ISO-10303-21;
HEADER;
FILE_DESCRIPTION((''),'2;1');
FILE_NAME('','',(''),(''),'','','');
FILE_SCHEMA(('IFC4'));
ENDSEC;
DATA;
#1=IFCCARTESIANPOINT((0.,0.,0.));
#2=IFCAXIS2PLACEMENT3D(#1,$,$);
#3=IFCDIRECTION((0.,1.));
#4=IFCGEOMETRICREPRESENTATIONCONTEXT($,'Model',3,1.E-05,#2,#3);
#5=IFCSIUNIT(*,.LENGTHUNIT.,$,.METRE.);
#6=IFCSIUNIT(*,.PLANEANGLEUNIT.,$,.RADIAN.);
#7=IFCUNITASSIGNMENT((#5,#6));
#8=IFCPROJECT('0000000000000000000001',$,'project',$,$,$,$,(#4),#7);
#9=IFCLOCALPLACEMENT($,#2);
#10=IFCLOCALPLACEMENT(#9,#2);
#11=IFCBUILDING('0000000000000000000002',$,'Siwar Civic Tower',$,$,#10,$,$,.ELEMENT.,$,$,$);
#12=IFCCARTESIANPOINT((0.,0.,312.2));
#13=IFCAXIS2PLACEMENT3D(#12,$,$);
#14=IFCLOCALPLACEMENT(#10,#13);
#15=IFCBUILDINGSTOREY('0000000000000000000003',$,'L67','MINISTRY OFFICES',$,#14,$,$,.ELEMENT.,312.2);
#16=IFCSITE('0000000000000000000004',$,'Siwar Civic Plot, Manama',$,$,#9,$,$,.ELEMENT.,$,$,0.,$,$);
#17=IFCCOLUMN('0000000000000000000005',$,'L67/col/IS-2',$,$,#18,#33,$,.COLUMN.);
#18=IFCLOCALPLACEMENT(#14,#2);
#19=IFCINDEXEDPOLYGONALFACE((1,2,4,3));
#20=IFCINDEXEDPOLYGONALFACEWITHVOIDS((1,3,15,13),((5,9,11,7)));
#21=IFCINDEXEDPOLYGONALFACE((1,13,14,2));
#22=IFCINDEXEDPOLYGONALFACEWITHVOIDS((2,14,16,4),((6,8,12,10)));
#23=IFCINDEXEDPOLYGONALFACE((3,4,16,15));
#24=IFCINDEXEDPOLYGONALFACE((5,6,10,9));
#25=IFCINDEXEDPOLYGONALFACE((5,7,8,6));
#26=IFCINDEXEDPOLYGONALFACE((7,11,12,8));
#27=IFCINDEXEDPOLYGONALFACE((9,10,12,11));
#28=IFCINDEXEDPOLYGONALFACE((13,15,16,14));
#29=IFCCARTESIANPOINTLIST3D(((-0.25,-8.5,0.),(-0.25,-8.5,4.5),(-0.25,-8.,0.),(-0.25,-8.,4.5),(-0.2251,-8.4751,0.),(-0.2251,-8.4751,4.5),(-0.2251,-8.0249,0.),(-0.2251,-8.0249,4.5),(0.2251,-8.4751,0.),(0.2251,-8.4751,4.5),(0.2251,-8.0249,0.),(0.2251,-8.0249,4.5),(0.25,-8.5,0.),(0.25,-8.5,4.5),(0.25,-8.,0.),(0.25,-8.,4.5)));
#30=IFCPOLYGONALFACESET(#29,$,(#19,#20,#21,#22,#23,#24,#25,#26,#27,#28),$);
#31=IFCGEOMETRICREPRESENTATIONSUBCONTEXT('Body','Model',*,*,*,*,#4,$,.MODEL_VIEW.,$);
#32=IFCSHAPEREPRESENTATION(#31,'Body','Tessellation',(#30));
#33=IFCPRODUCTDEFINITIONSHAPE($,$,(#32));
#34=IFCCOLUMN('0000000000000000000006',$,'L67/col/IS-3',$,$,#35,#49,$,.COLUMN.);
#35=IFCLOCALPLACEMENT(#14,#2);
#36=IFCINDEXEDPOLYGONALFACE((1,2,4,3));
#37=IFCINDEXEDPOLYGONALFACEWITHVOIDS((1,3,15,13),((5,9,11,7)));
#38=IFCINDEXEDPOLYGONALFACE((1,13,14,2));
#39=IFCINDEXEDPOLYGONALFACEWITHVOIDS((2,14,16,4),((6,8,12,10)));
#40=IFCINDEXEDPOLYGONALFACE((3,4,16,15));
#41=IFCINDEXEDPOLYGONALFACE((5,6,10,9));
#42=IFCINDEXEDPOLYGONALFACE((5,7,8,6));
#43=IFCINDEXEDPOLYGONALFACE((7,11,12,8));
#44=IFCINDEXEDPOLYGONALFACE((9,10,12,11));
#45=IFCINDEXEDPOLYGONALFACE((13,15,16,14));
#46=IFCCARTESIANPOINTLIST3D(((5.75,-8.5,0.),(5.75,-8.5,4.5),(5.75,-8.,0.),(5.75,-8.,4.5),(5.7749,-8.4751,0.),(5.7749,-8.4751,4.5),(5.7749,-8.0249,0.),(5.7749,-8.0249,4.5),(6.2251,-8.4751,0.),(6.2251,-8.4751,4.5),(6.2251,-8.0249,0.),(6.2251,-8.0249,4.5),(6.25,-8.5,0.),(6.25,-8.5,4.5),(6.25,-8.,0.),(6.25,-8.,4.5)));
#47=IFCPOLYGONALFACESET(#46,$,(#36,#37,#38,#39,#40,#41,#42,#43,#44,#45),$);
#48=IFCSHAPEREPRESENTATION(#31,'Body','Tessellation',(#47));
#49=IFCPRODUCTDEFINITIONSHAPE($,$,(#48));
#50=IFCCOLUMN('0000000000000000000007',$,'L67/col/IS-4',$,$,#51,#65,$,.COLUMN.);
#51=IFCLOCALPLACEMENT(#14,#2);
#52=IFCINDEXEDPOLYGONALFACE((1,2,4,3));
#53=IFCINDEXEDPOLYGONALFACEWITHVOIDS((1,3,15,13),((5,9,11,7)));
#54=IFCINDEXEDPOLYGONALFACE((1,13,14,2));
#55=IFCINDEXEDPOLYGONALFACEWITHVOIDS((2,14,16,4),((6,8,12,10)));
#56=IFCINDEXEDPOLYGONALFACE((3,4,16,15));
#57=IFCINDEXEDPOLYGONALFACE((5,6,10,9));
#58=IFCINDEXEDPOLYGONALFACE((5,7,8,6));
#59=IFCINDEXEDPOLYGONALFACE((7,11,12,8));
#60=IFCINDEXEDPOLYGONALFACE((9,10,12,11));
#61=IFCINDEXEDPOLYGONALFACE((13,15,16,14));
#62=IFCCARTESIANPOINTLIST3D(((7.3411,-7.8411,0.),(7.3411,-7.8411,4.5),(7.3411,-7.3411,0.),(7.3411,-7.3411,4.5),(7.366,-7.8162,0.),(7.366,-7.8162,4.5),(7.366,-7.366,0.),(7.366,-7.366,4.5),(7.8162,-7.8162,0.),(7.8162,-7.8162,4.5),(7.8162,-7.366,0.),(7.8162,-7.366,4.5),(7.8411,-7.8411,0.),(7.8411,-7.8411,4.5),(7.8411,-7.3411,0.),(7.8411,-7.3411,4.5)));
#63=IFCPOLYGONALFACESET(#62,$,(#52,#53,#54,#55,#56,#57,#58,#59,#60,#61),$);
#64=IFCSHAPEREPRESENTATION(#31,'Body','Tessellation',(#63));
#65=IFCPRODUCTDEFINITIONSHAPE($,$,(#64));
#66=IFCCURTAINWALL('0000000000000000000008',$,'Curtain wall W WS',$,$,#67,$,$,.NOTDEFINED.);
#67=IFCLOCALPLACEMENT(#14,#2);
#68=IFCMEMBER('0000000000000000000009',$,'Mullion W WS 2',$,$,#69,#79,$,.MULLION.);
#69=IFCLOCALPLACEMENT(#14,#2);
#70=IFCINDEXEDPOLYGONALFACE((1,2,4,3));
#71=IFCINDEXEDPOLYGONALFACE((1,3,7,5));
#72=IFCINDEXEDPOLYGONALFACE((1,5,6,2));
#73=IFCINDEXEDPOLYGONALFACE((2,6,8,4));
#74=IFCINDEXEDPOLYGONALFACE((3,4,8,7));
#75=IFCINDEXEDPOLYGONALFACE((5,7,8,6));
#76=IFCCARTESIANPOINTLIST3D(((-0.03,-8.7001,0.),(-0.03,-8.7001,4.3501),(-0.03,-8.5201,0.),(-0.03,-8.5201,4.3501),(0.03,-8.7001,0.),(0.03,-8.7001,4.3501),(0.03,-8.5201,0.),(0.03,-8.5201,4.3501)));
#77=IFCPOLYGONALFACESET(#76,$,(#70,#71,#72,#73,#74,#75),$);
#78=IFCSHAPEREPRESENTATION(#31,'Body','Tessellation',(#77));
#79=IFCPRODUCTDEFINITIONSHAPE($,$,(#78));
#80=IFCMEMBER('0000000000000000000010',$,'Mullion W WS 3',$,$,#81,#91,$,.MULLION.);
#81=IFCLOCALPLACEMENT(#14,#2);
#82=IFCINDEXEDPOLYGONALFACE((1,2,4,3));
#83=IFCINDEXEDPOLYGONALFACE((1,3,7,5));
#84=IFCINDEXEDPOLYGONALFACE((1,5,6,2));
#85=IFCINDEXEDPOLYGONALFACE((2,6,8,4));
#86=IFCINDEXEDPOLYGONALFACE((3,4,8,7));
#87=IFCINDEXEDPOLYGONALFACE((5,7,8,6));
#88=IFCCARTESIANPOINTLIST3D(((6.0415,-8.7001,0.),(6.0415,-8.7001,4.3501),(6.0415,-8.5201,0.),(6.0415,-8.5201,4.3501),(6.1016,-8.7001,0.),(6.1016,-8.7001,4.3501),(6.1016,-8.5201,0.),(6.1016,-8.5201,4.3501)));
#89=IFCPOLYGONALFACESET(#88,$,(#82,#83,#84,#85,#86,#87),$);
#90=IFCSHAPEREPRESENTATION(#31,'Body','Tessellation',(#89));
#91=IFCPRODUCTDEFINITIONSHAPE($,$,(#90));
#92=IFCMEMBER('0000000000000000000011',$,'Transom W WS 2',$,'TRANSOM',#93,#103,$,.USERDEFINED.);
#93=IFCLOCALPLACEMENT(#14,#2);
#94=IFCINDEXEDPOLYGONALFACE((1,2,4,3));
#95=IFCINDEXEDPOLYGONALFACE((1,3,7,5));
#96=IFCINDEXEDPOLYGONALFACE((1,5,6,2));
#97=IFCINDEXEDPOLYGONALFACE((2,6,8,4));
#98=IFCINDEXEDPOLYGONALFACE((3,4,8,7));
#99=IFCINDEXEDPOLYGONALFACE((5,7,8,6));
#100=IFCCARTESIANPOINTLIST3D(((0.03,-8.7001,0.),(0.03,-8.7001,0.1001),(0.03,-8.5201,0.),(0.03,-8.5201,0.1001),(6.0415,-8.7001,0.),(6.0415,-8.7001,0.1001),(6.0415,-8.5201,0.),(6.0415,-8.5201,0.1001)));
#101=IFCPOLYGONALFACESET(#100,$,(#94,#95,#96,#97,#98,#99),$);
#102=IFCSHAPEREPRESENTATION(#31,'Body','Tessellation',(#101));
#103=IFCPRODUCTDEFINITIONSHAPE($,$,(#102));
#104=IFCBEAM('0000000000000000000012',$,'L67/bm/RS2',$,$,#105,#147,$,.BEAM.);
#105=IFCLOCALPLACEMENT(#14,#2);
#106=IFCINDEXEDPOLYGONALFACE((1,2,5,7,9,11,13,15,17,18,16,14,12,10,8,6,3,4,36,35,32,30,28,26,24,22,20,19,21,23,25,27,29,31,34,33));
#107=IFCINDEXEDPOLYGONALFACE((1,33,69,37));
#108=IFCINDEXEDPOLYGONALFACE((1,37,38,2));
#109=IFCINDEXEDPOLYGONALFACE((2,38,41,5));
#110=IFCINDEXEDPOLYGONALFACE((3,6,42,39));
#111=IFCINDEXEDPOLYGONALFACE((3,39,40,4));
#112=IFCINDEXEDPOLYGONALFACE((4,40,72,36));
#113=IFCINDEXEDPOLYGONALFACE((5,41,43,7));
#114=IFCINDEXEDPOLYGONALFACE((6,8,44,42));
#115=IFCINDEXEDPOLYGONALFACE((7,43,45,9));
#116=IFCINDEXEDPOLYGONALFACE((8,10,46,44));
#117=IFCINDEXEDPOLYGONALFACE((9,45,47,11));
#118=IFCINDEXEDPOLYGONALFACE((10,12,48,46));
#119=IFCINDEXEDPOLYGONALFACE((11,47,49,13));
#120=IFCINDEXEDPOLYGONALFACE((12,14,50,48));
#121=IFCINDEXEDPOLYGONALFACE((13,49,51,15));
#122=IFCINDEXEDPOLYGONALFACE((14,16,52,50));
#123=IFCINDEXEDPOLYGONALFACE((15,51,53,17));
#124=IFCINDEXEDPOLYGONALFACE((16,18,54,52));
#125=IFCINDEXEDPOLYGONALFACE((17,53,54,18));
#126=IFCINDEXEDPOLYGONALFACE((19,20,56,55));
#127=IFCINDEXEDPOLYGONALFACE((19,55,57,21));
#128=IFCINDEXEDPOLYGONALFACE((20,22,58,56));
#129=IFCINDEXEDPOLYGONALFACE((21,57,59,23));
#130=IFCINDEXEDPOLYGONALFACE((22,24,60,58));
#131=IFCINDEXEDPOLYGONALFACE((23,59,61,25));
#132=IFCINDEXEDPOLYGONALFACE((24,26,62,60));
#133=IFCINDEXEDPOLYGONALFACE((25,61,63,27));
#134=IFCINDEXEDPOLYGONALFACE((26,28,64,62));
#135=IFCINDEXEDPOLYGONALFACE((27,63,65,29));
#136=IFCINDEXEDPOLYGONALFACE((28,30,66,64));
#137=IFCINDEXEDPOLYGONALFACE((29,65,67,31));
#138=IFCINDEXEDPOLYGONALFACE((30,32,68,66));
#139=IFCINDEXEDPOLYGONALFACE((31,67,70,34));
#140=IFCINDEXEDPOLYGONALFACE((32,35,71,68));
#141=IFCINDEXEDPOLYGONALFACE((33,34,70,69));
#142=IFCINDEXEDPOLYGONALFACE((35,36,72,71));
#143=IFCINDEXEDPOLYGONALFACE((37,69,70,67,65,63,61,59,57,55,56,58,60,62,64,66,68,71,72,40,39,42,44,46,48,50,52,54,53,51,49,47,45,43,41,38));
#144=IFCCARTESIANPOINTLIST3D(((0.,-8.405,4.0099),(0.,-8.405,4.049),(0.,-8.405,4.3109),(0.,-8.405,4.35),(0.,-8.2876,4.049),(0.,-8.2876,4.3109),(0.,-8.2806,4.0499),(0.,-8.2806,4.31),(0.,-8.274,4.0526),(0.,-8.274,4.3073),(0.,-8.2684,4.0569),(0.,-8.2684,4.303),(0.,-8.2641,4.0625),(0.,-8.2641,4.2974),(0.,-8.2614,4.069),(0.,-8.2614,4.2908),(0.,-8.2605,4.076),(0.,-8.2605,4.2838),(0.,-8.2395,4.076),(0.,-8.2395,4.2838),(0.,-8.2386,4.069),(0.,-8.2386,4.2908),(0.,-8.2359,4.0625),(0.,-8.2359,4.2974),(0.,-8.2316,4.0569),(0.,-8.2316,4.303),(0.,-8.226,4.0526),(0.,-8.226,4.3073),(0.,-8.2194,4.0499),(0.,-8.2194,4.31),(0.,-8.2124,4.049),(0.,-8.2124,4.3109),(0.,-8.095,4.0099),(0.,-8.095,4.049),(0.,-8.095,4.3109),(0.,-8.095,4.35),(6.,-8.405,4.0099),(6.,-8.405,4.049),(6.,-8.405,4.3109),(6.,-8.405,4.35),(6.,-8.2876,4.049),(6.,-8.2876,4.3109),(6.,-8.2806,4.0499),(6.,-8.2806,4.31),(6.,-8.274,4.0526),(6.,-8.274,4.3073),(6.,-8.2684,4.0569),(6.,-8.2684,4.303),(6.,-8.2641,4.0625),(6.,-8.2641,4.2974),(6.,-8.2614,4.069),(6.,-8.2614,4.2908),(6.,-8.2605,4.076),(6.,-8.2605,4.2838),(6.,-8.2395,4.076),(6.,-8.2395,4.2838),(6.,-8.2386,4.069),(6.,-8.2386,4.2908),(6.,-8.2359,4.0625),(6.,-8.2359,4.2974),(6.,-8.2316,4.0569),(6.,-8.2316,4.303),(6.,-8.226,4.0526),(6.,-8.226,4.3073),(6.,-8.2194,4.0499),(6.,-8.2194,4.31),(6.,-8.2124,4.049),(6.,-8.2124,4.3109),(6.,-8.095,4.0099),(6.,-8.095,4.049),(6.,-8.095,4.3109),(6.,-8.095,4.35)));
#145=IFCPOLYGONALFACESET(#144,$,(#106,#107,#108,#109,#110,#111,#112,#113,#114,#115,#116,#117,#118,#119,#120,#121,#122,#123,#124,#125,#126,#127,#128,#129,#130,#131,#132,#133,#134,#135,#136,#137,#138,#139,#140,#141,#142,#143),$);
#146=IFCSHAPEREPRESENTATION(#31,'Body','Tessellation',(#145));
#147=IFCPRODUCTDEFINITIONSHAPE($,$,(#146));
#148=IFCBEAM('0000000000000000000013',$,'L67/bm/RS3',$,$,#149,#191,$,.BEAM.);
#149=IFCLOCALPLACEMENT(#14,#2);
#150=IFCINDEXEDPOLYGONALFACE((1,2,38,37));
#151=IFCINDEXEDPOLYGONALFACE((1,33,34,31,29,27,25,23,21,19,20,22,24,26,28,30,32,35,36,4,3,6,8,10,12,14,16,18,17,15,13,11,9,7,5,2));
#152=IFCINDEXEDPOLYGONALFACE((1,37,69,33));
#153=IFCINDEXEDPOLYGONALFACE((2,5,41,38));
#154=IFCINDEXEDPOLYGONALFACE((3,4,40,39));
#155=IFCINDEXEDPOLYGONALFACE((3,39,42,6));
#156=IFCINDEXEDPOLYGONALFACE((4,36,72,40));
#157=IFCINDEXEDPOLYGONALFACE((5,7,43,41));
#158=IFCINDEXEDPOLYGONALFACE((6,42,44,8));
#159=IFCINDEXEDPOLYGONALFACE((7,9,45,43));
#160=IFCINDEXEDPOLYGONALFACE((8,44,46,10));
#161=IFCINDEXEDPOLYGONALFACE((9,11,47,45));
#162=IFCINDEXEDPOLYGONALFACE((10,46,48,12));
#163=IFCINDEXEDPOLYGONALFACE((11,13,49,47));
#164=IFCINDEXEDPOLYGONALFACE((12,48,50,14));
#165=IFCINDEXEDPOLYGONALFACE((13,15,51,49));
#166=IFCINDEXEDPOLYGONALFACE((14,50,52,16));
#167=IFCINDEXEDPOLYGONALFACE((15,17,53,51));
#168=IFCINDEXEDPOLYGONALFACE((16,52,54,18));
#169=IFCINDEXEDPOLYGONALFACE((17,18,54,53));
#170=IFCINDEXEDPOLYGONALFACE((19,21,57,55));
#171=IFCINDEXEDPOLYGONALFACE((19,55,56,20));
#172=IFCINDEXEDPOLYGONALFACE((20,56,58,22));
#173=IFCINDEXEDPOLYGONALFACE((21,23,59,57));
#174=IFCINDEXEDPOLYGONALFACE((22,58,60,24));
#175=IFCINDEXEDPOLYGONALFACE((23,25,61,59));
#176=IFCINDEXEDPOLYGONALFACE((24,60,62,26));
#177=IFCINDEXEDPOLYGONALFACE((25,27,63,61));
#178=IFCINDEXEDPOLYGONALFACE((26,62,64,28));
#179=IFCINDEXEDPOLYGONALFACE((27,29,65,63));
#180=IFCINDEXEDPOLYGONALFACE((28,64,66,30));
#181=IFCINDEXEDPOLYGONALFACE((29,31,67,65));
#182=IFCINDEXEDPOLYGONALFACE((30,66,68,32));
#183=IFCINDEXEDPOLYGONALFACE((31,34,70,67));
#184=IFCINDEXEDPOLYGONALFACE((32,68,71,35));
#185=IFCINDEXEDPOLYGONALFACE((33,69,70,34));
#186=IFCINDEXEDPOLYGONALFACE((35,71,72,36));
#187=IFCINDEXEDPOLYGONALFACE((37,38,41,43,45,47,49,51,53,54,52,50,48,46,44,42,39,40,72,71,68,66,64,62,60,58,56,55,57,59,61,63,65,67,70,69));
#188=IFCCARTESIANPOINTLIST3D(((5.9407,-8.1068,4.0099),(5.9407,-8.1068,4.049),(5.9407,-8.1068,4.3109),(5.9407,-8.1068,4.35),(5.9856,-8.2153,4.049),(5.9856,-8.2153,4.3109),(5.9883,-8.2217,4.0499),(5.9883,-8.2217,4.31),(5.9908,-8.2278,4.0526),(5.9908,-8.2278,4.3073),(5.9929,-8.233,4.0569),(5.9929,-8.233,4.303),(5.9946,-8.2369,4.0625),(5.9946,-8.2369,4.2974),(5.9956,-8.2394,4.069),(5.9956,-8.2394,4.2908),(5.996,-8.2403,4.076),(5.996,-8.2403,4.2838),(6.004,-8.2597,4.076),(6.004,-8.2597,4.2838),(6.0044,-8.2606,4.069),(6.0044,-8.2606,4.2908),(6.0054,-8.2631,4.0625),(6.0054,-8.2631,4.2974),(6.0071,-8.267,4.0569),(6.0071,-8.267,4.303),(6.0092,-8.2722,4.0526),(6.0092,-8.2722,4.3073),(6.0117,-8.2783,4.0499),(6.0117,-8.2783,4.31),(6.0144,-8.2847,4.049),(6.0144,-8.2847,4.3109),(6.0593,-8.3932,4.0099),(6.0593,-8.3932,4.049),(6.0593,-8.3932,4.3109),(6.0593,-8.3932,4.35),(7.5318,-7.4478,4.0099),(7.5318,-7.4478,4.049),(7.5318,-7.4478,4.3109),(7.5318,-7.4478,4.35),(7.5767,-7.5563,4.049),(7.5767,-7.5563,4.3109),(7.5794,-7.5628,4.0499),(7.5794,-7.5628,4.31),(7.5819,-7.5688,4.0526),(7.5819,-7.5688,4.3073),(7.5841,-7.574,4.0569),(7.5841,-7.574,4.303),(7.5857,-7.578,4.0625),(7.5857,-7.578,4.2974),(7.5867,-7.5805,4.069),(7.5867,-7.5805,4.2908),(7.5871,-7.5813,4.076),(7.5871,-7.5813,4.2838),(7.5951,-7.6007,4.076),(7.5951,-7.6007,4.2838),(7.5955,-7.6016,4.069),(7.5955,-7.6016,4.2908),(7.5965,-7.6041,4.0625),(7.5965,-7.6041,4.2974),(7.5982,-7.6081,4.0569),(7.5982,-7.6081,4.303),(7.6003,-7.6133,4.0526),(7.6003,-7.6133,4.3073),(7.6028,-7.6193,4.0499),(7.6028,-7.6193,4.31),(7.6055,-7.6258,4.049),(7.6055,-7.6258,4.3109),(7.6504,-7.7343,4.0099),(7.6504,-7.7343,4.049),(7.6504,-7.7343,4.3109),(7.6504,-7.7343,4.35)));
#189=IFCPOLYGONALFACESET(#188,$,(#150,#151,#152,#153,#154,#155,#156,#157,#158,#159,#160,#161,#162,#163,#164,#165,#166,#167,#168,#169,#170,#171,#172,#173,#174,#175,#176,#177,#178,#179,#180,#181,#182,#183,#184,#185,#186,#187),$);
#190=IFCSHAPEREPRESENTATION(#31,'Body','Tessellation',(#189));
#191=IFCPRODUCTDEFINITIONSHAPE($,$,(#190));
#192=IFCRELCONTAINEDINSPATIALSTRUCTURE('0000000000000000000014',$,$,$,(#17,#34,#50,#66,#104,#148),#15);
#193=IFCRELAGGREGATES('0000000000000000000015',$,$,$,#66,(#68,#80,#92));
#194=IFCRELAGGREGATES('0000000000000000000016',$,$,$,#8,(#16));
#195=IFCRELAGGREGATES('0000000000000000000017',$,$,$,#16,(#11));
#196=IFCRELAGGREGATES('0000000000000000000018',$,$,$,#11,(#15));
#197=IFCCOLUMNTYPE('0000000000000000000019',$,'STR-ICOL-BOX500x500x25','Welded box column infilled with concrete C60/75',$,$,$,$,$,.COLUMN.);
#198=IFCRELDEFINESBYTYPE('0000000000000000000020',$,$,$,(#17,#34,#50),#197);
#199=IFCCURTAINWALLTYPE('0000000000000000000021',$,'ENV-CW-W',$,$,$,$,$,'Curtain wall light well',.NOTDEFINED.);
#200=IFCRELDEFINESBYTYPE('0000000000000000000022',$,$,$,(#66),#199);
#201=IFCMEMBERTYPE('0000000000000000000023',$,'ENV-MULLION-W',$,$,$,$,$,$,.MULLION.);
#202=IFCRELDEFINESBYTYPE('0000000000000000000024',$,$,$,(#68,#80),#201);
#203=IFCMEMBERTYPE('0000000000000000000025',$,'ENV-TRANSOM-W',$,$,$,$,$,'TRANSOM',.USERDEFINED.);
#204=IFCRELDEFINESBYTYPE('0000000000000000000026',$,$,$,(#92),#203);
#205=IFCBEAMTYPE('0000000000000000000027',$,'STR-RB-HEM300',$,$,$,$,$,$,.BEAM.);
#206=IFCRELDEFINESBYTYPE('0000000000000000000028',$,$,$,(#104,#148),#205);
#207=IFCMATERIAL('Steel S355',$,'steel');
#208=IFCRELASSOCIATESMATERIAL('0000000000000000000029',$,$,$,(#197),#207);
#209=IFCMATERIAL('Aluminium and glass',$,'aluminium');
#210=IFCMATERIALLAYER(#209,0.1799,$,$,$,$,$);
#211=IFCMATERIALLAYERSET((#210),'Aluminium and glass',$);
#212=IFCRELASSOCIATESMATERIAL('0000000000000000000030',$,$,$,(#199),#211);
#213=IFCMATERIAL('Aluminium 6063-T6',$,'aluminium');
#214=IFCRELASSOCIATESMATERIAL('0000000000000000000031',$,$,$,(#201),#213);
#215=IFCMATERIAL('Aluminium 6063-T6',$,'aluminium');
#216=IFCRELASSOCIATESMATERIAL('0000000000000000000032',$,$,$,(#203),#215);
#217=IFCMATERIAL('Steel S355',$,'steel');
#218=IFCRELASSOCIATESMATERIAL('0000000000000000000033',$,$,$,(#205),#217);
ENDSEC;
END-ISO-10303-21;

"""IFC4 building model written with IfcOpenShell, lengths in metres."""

from ifc_helpers import new_model, si_unit, direction, frame, origin, origin_2d, place, context, subcontext, project, spatial, rectangle, hollow_rectangle, i_section, extrude, material, layer, layer_set, material_profile, profile_set, type_object, element, aggregate, save


model = new_model("IFC4")

# Units and contexts
model_context = context("Model", 3, precision=1e-05, world=origin(), true_north=direction((0.0, 1.0)))
body_context = subcontext(model_context, "Body", "Model", "MODEL_VIEW")
ifc_project = project(units=[si_unit("LENGTHUNIT", "METRE"), si_unit("PLANEANGLEUNIT", "RADIAN")], contexts=[model_context])

# Site, building, storey
site_placement = place(None, origin())
site = spatial("IfcSite", under=ifc_project, at=site_placement, Name="Siwar Civic Plot, Manama", CompositionType="ELEMENT", RefElevation=0.0)
building_placement = place(site_placement, origin())
building = spatial("IfcBuilding", under=site, at=building_placement, Name="Siwar Civic Tower", CompositionType="ELEMENT")
storey_placement = place(building_placement, frame((0.0, 0.0, 312.2)))
storey = spatial("IfcBuildingStorey", under=building, at=storey_placement, Name="L67", Description="MINISTRY OFFICES", CompositionType="ELEMENT", Elevation=312.2)

# Columns
ifc_material_1 = material(Name="Steel S355", Category="steel")
ifc_material_profile_1 = material_profile(ifc_material_1, hollow_rectangle(XDim=0.5, YDim=0.5, WallThickness=0.0249, at=origin_2d()), Name="BOX500x500x25")
ifc_profile_set_1 = profile_set([ifc_material_profile_1], Name="Steel S355")
column_type = type_object("IfcColumnType", Name="STR-ICOL-BOX500x500x25", Description="Welded box column infilled with concrete C60/75", PredefinedType="COLUMN", material=ifc_profile_set_1)
for number, where, z_axis, x_axis, name in (
    (1, (0.0, -8.25, 0.0), (0.0, 0.0, 1.0), (1.0, 0.0, 0.0), "L67/col/IS-2"),
    (2, (6.0, -8.25, 0.0), (0.0, 0.0, 1.0), (1.0, 0.0, 0.0), "L67/col/IS-3"),
    (3, (7.5911, -7.5911, 0.0), (0.0, 0.0, 1.0), (1.0, 0.0, 0.0), "L67/col/IS-4"),
):
    element("IfcColumn", number, at=place(storey_placement, frame(where, z_axis=z_axis, x_axis=x_axis)), inside=storey, type_object=column_type, Name=name, PredefinedType="COLUMN", context=body_context, shape_type="SweptSolid", body=[
        extrude(hollow_rectangle(XDim=0.5, YDim=0.5, WallThickness=0.0249, at=origin_2d()), origin(), (0.0, 0.0, 1.0), 4.5),
    ])

# Curtain wall, members
ifc_material_2 = material(Name="Aluminium and glass", Category="aluminium")
ifc_layer_1 = layer(ifc_material_2, 0.1799)
ifc_layer_set_1 = layer_set([ifc_layer_1], Name="Aluminium and glass")
curtain_wall_type = type_object("IfcCurtainWallType", Name="ENV-CW-W", ElementType="Curtain wall light well", PredefinedType="NOTDEFINED", material=ifc_layer_set_1)
curtain_wall_placement = place(storey_placement, origin())
curtain_wall = element("IfcCurtainWall", 4, at=curtain_wall_placement, inside=storey, type_object=curtain_wall_type, Name="Curtain wall W WS", PredefinedType="NOTDEFINED")
ifc_material_3 = material(Name="Aluminium 6063-T6", Category="aluminium")
ifc_material_profile_2 = material_profile(ifc_material_3, rectangle(XDim=0.1799, YDim=0.0601, at=origin_2d()), Name="AL 180x60")
ifc_profile_set_2 = profile_set([ifc_material_profile_2], Name="Aluminium 6063-T6")
member_type_1 = type_object("IfcMemberType", Name="ENV-MULLION-W", PredefinedType="MULLION", material=ifc_profile_set_2)
member_1_placement = place(storey_placement, frame((0.0, -8.6101, 0.0), z_axis=(0.0, 0.0, 1.0), x_axis=(0.0, 1.0, 0.0)))
member_1 = element("IfcMember", 5, at=member_1_placement, type_object=member_type_1, Name="Mullion W WS 2", PredefinedType="MULLION", context=body_context, shape_type="SweptSolid", body=[
    extrude(rectangle(XDim=0.1799, YDim=0.0601, at=origin_2d()), origin(), (0.0, 0.0, 1.0), 4.3501),
])
member_2_placement = place(storey_placement, frame((6.0715, -8.6101, 0.0), z_axis=(0.0, 0.0, 1.0), x_axis=(0.0, 1.0, 0.0)))
member_2 = element("IfcMember", 6, at=member_2_placement, type_object=member_type_1, Name="Mullion W WS 3", PredefinedType="MULLION", context=body_context, shape_type="SweptSolid", body=[
    extrude(rectangle(XDim=0.1799, YDim=0.0601, at=origin_2d()), origin(), (0.0, 0.0, 1.0), 4.3501),
])
ifc_material_4 = material(Name="Aluminium 6063-T6", Category="aluminium")
ifc_material_profile_3 = material_profile(ifc_material_4, rectangle(XDim=0.1799, YDim=0.1001, at=origin_2d()), Name="AL 180x100")
ifc_profile_set_3 = profile_set([ifc_material_profile_3], Name="Aluminium 6063-T6")
member_type_2 = type_object("IfcMemberType", Name="ENV-TRANSOM-W", ElementType="TRANSOM", PredefinedType="USERDEFINED", material=ifc_profile_set_3)
member_3_placement = place(storey_placement, frame((0.03, -8.6101, 0.05), z_axis=(1.0, 0.0, 0.0), x_axis=(0.0, 1.0, 0.0)))
member_3 = element("IfcMember", 7, at=member_3_placement, type_object=member_type_2, Name="Transom W WS 2", ObjectType="TRANSOM", PredefinedType="USERDEFINED", context=body_context, shape_type="SweptSolid", body=[
    extrude(rectangle(XDim=0.1799, YDim=0.1001, at=origin_2d()), origin(), (0.0, 0.0, 1.0), 6.0115),
])

# Beams
ifc_material_5 = material(Name="Steel S355", Category="steel")
ifc_material_profile_4 = material_profile(ifc_material_5, i_section(OverallWidth=0.3101, OverallDepth=0.3401, WebThickness=0.021, FlangeThickness=0.0391, FilletRadius=0.0271, at=origin_2d()), Name="HEM300")
ifc_profile_set_4 = profile_set([ifc_material_profile_4], Name="Steel S355")
beam_type = type_object("IfcBeamType", Name="STR-RB-HEM300", PredefinedType="BEAM", material=ifc_profile_set_4)
beam_placement = place(storey_placement, frame((0.0, -8.25, 4.1799), z_axis=(1.0, 0.0, 0.0), x_axis=(0.0, 1.0, 0.0)))
element("IfcBeam", 8, at=beam_placement, inside=storey, type_object=beam_type, Name="L67/bm/RS2", PredefinedType="BEAM", context=body_context, shape_type="SweptSolid", body=[
    extrude(i_section(OverallWidth=0.3101, OverallDepth=0.3401, WebThickness=0.021, FlangeThickness=0.0391, FilletRadius=0.0271, at=origin_2d()), origin(), (0.0, 0.0, 1.0), 6.0),
])
for number, where, z_axis, x_axis, name in (
    (9, (6.0, -8.25, 4.1799), (0.923901, 0.382631, 0.0), (-0.382631, 0.923901, 0.0), "L67/bm/RS3"),
):
    element("IfcBeam", number, at=place(storey_placement, frame(where, z_axis=z_axis, x_axis=x_axis)), inside=storey, type_object=beam_type, Name=name, PredefinedType="BEAM", context=body_context, shape_type="SweptSolid", body=[
        extrude(i_section(OverallWidth=0.3101, OverallDepth=0.3401, WebThickness=0.021, FlangeThickness=0.0391, FilletRadius=0.0271, at=origin_2d()), origin(), (0.0, 0.0, 1.0), 1.7222),
    ])

aggregate(curtain_wall, [member_1, member_2, member_3])

save(model, "model.ifc")
